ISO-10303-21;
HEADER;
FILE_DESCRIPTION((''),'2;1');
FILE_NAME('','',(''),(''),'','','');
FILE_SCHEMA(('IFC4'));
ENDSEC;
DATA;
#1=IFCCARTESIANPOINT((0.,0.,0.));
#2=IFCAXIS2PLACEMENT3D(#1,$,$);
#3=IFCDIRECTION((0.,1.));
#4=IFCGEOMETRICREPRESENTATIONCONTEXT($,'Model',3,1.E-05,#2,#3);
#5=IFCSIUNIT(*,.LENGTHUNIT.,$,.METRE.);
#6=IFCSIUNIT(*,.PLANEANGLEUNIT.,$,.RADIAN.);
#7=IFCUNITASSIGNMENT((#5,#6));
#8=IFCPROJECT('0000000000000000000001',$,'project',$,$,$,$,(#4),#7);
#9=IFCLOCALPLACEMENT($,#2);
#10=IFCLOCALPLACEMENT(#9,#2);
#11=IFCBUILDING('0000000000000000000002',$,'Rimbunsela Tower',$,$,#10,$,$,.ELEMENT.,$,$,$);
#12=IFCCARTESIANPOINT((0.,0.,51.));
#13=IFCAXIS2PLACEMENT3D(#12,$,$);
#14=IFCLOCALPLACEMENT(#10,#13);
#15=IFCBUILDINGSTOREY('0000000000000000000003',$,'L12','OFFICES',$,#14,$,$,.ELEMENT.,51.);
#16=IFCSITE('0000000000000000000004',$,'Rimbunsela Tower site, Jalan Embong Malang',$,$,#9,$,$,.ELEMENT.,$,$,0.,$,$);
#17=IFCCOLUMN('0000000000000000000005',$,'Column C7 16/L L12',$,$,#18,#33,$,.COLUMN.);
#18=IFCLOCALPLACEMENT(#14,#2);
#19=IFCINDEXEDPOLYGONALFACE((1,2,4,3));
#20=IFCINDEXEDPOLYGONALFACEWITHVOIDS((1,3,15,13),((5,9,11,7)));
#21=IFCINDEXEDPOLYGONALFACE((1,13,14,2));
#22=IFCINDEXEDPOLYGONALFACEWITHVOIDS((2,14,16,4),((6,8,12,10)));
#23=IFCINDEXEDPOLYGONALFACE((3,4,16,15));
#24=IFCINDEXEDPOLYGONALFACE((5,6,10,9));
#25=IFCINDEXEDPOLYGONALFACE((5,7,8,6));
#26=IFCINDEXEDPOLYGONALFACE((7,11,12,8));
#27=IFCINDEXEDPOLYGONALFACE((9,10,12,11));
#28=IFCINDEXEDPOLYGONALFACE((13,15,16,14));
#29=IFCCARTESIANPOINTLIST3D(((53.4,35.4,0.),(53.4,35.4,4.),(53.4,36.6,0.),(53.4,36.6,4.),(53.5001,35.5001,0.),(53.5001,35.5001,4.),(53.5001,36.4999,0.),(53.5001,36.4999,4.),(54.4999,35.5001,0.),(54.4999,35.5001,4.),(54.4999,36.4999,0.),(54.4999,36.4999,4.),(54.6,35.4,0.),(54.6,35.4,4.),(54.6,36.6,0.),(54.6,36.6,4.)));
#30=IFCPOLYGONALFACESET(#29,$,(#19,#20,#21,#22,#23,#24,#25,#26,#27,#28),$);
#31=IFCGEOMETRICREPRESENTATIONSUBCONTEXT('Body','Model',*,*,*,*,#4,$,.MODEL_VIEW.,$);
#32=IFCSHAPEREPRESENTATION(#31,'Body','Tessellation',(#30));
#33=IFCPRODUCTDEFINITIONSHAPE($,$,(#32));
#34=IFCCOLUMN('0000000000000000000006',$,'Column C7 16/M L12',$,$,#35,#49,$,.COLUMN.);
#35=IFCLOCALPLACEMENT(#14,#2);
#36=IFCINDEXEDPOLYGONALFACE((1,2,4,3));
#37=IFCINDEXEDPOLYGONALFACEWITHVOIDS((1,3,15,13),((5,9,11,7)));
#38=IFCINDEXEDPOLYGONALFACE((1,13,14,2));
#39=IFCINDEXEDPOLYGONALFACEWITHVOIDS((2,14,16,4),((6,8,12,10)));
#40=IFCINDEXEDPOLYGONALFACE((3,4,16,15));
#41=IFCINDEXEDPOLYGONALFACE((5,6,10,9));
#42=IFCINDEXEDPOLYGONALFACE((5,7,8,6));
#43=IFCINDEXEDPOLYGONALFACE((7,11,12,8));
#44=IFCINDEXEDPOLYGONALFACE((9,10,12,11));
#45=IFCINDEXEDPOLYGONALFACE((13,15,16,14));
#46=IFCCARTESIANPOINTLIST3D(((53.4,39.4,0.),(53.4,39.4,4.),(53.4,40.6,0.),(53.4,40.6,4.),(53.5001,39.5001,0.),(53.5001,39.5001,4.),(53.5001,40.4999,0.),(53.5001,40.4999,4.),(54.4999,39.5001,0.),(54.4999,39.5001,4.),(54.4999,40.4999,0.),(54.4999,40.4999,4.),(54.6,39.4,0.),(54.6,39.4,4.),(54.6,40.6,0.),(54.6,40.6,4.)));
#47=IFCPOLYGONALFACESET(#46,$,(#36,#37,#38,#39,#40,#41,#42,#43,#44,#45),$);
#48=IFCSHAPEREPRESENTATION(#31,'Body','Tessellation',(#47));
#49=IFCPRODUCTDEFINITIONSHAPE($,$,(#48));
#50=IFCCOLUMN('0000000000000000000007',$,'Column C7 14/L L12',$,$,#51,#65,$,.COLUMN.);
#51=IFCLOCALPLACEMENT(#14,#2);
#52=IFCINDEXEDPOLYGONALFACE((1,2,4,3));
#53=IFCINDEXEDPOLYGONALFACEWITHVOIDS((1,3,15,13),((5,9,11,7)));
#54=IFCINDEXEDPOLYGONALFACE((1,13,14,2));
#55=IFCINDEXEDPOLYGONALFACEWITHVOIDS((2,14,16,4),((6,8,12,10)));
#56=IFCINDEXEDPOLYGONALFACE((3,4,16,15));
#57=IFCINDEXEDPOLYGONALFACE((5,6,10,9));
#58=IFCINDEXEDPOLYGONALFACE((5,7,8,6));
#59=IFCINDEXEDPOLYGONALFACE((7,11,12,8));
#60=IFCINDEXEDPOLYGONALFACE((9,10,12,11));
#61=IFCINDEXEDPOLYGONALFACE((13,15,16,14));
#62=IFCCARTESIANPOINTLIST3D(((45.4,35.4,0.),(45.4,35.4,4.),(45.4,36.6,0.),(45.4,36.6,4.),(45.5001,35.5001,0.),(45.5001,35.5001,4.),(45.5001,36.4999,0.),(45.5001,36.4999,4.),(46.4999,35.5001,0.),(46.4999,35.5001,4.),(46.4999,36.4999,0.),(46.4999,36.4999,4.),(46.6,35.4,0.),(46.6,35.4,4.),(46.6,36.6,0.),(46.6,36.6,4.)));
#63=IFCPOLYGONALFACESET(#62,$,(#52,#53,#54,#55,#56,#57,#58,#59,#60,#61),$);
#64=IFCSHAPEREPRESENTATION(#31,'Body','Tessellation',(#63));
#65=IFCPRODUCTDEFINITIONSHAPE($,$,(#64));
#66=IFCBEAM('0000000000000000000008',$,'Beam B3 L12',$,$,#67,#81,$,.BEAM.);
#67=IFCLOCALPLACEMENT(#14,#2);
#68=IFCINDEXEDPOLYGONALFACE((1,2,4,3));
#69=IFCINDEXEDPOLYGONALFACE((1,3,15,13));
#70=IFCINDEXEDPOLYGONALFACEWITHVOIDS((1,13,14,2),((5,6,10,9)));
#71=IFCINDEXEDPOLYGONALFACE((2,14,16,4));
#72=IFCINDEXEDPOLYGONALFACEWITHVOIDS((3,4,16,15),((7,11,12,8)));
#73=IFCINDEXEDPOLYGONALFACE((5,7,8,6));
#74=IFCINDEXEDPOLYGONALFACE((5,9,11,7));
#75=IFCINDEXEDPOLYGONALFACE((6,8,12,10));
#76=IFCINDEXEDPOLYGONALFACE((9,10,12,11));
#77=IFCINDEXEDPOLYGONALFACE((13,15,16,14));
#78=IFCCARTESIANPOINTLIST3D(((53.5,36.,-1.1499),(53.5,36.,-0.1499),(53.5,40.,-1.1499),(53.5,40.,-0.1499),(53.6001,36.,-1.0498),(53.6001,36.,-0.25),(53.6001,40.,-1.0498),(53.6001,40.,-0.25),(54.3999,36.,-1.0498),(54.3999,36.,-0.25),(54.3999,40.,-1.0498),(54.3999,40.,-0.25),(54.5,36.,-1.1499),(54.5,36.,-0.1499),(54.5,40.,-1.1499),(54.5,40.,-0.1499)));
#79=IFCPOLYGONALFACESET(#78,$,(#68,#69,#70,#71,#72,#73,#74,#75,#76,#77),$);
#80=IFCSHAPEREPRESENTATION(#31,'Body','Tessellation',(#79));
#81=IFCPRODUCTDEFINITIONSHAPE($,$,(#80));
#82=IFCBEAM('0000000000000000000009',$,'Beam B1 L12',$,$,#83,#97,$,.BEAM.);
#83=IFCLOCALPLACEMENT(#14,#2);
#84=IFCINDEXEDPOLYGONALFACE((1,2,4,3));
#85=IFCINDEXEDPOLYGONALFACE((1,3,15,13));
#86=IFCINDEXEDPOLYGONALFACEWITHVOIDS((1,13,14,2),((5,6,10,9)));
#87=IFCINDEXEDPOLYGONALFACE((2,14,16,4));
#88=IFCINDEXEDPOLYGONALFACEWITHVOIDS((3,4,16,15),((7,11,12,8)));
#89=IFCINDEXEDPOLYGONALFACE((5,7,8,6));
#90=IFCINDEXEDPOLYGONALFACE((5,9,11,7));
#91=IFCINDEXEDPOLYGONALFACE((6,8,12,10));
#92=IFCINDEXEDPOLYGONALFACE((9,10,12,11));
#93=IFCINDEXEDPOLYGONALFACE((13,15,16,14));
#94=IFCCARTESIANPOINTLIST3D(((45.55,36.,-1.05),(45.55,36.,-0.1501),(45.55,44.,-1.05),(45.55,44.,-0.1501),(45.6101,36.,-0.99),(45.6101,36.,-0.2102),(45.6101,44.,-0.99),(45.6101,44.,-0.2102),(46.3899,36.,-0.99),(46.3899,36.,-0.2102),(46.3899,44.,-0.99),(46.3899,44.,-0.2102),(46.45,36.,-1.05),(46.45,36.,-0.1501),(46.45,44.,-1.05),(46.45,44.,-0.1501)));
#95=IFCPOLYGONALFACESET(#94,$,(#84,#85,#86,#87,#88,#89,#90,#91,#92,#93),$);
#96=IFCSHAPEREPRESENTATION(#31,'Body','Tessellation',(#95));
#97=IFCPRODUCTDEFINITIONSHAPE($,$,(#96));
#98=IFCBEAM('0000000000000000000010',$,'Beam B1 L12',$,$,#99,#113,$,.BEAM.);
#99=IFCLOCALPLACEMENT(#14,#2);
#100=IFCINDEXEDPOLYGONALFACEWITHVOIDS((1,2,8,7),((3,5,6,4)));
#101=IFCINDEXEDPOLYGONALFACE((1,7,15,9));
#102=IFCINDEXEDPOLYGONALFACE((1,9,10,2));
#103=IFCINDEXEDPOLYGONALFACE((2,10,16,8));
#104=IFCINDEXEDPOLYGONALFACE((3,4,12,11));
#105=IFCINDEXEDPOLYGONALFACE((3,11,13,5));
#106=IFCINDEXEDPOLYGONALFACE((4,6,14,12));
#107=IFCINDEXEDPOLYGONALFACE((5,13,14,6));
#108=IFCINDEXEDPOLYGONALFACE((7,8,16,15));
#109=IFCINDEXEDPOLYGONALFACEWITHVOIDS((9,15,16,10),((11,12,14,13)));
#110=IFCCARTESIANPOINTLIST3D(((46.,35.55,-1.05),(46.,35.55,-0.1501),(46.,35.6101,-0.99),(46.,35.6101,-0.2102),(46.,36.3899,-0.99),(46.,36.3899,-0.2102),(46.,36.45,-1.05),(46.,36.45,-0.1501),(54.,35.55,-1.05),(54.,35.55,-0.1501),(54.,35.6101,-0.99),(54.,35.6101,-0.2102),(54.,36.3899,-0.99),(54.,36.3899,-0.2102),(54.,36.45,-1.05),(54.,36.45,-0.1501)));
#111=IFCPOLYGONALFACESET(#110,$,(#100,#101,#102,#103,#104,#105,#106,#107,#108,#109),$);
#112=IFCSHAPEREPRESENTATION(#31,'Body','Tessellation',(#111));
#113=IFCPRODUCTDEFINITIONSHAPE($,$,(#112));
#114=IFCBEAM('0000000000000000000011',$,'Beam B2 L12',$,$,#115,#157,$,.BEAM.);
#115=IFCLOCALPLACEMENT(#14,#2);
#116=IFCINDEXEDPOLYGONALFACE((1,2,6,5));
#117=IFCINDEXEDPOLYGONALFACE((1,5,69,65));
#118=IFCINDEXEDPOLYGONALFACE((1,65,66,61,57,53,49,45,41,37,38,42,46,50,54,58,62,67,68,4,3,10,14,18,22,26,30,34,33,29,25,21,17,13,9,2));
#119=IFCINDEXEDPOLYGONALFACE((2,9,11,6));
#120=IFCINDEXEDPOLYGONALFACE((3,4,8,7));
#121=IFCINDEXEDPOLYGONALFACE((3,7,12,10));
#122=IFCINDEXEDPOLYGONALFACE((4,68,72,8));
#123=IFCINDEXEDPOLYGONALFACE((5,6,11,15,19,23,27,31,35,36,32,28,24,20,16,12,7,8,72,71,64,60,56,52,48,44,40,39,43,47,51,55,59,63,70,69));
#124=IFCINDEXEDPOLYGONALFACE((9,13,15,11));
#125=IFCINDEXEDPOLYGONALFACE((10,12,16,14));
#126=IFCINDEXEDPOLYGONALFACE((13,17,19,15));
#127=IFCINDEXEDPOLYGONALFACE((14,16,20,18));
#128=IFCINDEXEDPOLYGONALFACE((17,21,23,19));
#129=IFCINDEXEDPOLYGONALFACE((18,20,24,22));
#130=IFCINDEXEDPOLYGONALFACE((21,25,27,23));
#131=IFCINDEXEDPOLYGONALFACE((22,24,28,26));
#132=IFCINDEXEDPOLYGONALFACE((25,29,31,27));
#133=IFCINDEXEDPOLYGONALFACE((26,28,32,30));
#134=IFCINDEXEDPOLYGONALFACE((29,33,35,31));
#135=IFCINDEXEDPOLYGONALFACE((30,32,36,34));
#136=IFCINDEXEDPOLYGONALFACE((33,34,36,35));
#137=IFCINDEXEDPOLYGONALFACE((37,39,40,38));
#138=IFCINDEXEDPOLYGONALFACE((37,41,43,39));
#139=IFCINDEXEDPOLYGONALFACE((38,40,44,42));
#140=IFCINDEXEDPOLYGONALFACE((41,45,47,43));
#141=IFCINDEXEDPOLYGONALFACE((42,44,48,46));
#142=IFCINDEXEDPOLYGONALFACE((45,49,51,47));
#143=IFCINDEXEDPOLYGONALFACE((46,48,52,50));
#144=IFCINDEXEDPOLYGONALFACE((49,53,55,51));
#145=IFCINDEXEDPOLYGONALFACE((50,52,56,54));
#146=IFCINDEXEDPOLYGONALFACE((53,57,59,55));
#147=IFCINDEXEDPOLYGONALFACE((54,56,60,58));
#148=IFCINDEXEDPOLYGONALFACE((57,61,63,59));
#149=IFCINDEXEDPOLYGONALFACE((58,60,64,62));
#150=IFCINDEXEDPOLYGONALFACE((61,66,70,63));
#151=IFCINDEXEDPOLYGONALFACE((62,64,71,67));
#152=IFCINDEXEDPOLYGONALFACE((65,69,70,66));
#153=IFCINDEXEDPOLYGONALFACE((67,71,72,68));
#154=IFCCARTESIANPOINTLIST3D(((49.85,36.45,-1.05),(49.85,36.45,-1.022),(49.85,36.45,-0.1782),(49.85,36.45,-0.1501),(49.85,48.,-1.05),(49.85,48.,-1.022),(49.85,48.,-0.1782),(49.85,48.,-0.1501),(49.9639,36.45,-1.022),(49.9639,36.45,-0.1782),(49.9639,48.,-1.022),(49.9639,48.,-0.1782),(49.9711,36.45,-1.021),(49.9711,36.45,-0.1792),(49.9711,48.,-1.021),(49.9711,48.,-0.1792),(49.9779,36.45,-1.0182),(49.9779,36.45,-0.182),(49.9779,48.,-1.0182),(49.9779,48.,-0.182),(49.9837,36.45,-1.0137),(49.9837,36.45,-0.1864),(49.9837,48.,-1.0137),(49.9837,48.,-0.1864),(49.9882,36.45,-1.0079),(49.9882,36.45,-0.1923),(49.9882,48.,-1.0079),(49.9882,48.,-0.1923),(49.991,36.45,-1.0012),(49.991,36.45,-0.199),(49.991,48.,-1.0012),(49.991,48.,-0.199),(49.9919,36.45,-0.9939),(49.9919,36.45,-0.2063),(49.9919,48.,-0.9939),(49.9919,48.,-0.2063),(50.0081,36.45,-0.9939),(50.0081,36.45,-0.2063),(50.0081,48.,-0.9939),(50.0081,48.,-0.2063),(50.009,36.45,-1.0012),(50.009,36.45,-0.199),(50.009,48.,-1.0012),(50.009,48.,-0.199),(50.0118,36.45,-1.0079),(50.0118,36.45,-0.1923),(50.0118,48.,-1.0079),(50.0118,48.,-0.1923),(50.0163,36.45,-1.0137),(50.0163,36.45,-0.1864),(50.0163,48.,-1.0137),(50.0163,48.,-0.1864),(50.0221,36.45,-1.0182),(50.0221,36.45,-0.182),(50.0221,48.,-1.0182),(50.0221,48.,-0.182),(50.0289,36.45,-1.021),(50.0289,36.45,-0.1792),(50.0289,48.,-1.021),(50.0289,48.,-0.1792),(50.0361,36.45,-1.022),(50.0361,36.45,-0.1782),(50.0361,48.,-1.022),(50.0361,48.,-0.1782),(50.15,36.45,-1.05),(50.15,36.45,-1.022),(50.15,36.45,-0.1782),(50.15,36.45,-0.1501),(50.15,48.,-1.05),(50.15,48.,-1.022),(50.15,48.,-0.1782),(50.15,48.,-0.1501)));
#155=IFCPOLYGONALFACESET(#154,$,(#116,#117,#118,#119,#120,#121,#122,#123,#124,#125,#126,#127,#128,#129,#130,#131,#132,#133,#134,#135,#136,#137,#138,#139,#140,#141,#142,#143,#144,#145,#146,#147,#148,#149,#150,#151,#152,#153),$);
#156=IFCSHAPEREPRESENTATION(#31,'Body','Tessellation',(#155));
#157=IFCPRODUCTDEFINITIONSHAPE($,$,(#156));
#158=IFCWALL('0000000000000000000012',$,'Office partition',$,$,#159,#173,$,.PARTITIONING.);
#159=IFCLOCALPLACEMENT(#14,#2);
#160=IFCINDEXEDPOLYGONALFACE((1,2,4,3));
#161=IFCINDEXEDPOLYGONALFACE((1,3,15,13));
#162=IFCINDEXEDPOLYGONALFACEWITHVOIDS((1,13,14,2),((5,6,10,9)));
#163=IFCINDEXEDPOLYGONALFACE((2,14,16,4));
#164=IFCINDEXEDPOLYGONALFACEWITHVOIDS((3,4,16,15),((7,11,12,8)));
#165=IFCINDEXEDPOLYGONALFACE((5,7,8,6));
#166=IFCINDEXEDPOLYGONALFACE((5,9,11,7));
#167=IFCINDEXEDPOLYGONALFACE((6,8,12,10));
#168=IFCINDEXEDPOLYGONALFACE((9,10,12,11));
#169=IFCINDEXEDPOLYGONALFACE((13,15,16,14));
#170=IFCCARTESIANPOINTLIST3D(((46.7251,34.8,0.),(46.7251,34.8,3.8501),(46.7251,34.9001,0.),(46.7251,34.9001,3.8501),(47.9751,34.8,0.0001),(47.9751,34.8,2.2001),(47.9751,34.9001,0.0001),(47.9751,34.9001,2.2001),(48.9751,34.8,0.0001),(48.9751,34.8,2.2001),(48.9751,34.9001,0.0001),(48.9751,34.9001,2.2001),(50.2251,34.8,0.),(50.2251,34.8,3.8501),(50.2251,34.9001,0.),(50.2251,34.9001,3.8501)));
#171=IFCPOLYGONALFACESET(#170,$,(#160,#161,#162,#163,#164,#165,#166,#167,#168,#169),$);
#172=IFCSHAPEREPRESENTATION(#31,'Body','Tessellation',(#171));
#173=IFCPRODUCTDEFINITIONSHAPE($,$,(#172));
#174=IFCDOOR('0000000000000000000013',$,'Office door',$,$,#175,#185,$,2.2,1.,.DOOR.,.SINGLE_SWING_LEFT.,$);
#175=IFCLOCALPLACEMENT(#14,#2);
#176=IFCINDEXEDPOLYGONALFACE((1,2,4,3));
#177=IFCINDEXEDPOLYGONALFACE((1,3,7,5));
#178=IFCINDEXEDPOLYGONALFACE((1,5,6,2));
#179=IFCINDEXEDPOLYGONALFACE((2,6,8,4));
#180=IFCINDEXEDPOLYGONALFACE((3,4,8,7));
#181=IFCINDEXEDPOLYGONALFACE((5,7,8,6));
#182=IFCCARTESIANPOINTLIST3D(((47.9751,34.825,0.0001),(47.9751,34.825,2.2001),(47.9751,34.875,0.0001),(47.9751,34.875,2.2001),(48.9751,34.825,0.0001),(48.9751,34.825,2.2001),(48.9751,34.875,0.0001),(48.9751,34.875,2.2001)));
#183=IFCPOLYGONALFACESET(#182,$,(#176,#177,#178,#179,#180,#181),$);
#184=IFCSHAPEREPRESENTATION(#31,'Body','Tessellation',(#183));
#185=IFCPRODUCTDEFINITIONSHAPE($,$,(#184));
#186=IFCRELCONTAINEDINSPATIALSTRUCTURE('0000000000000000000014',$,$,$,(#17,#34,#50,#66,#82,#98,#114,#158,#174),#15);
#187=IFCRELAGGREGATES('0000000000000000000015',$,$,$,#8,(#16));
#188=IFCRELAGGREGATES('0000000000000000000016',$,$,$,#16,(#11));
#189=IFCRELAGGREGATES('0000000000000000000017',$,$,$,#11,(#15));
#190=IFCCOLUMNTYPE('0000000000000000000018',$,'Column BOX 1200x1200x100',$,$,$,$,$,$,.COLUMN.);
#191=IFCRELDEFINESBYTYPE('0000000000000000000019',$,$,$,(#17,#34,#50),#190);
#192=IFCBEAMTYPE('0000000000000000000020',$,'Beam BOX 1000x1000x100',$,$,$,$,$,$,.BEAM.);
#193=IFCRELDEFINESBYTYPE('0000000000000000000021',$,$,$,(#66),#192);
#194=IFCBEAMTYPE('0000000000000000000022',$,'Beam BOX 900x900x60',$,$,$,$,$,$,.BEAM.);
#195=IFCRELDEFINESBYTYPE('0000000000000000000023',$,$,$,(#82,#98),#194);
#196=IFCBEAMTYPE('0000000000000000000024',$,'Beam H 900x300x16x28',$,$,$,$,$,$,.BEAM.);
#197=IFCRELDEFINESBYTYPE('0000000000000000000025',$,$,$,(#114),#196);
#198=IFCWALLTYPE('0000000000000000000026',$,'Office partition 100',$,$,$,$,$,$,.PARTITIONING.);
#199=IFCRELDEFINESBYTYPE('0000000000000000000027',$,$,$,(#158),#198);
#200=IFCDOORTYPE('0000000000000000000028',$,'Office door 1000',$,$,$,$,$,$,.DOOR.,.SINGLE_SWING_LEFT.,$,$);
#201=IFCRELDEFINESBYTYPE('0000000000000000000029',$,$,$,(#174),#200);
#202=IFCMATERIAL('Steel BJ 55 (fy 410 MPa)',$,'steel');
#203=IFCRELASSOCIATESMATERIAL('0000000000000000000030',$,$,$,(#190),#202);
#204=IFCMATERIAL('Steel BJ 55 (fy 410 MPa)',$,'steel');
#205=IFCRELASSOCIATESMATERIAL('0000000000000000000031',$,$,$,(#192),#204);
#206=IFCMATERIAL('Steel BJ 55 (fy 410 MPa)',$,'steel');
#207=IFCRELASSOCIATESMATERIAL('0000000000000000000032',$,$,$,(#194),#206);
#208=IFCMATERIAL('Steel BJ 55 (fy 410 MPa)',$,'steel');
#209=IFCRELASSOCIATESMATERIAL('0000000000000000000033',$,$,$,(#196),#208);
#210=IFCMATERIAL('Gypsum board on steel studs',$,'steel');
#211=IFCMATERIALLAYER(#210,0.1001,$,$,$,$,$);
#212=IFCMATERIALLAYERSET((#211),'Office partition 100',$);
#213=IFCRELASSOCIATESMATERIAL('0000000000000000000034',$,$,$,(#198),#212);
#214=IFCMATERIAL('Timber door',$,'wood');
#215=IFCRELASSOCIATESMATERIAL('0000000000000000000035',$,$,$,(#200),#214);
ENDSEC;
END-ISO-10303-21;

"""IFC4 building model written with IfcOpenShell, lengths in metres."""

from ifc_helpers import new_model, si_unit, direction, frame, frame_2d, origin, origin_2d, place, context, subcontext, project, spatial, rectangle, hollow_rectangle, i_section, extrude, material, layer, layer_set, material_profile, profile_set, type_object, element, fill, save


model = new_model("IFC4")

# Units and contexts
model_context = context("Model", 3, precision=1e-05, world=origin(), true_north=direction((0.0, 1.0)))
body_context = subcontext(model_context, "Body", "Model", "MODEL_VIEW")
ifc_project = project(units=[si_unit("LENGTHUNIT", "METRE"), si_unit("PLANEANGLEUNIT", "RADIAN")], contexts=[model_context])

# Site, building, storey
site_placement = place(None, origin())
site = spatial("IfcSite", under=ifc_project, at=site_placement, Name="Rimbunsela Tower site, Jalan Embong Malang", CompositionType="ELEMENT", RefElevation=0.0)
building_placement = place(site_placement, origin())
building = spatial("IfcBuilding", under=site, at=building_placement, Name="Rimbunsela Tower", CompositionType="ELEMENT")
storey_placement = place(building_placement, frame((0.0, 0.0, 51.0)))
storey = spatial("IfcBuildingStorey", under=building, at=storey_placement, Name="L12", Description="OFFICES", CompositionType="ELEMENT", Elevation=51.0)

# Columns
ifc_material_1 = material(Name="Steel BJ 55 (fy 410 MPa)", Category="steel")
ifc_material_profile_1 = material_profile(ifc_material_1, hollow_rectangle(XDim=1.2, YDim=1.2, WallThickness=0.1001, at=origin_2d()), Name="BOX 1200x1200x100")
ifc_profile_set_1 = profile_set([ifc_material_profile_1], Name="Steel BJ 55 (fy 410 MPa)")
column_type = type_object("IfcColumnType", Name="Column BOX 1200x1200x100", PredefinedType="COLUMN", material=ifc_profile_set_1)
for number, where, z_axis, x_axis, name in (
    (1, (54.0, 36.0, 0.0), (0.0, 0.0, 1.0), (1.0, 0.0, 0.0), "Column C7 16/L L12"),
    (2, (54.0, 40.0, 0.0), (0.0, 0.0, 1.0), (1.0, 0.0, 0.0), "Column C7 16/M L12"),
    (3, (46.0, 36.0, 0.0), (0.0, 0.0, 1.0), (1.0, 0.0, 0.0), "Column C7 14/L L12"),
):
    element("IfcColumn", number, at=place(storey_placement, frame(where, z_axis=z_axis, x_axis=x_axis)), inside=storey, type_object=column_type, Name=name, PredefinedType="COLUMN", context=body_context, shape_type="SweptSolid", body=[
        extrude(hollow_rectangle(XDim=1.2, YDim=1.2, WallThickness=0.1001, at=origin_2d()), origin(), (0.0, 0.0, 1.0), 4.0),
    ])

# Beams
ifc_material_2 = material(Name="Steel BJ 55 (fy 410 MPa)", Category="steel")
ifc_material_profile_2 = material_profile(ifc_material_2, hollow_rectangle(XDim=1.0, YDim=1.0, WallThickness=0.1001, at=origin_2d()), Name="BOX 1000x1000x100")
ifc_profile_set_2 = profile_set([ifc_material_profile_2], Name="Steel BJ 55 (fy 410 MPa)")
beam_type_1 = type_object("IfcBeamType", Name="Beam BOX 1000x1000x100", PredefinedType="BEAM", material=ifc_profile_set_2)
beam_1_placement = place(storey_placement, frame((54.0, 36.0, -0.6499), z_axis=(0.0, 1.0, 0.0), x_axis=(-1.0, 0.0, 0.0)))
element("IfcBeam", 4, at=beam_1_placement, inside=storey, type_object=beam_type_1, Name="Beam B3 L12", PredefinedType="BEAM", context=body_context, shape_type="SweptSolid", body=[
    extrude(hollow_rectangle(XDim=1.0, YDim=1.0, WallThickness=0.1001, at=origin_2d()), origin(), (0.0, 0.0, 1.0), 4.0),
])
ifc_material_3 = material(Name="Steel BJ 55 (fy 410 MPa)", Category="steel")
ifc_material_profile_3 = material_profile(ifc_material_3, hollow_rectangle(XDim=0.8999, YDim=0.8999, WallThickness=0.0601, at=origin_2d()), Name="BOX 900x900x60")
ifc_profile_set_3 = profile_set([ifc_material_profile_3], Name="Steel BJ 55 (fy 410 MPa)")
beam_type_2 = type_object("IfcBeamType", Name="Beam BOX 900x900x60", PredefinedType="BEAM", material=ifc_profile_set_3)
for number, where, z_axis, x_axis, name in (
    (5, (46.0, 36.0, -0.6001), (0.0, 1.0, 0.0), (-1.0, 0.0, 0.0), "Beam B1 L12"),
    (6, (46.0, 36.0, -0.6001), (1.0, 0.0, 0.0), (0.0, 1.0, 0.0), "Beam B1 L12"),
):
    element("IfcBeam", number, at=place(storey_placement, frame(where, z_axis=z_axis, x_axis=x_axis)), inside=storey, type_object=beam_type_2, Name=name, PredefinedType="BEAM", context=body_context, shape_type="SweptSolid", body=[
        extrude(hollow_rectangle(XDim=0.8999, YDim=0.8999, WallThickness=0.0601, at=origin_2d()), origin(), (0.0, 0.0, 1.0), 8.0),
    ])
ifc_material_4 = material(Name="Steel BJ 55 (fy 410 MPa)", Category="steel")
ifc_material_profile_4 = material_profile(ifc_material_4, i_section(OverallWidth=0.3, OverallDepth=0.8999, WebThickness=0.0161, FlangeThickness=0.0281, FilletRadius=0.0281, at=origin_2d()), Name="H 900x300x16x28")
ifc_profile_set_4 = profile_set([ifc_material_profile_4], Name="Steel BJ 55 (fy 410 MPa)")
beam_type_3 = type_object("IfcBeamType", Name="Beam H 900x300x16x28", PredefinedType="BEAM", material=ifc_profile_set_4)
beam_2_placement = place(storey_placement, frame((50.0, 36.45, -0.6001), z_axis=(0.0, 1.0, 0.0), x_axis=(-1.0, 0.0, 0.0)))
element("IfcBeam", 7, at=beam_2_placement, inside=storey, type_object=beam_type_3, Name="Beam B2 L12", PredefinedType="BEAM", context=body_context, shape_type="SweptSolid", body=[
    extrude(i_section(OverallWidth=0.3, OverallDepth=0.8999, WebThickness=0.0161, FlangeThickness=0.0281, FilletRadius=0.0281, at=origin_2d()), origin(), (0.0, 0.0, 1.0), 11.55),
])

# Wall, opening, door
ifc_material_5 = material(Name="Gypsum board on steel studs", Category="steel")
ifc_layer_1 = layer(ifc_material_5, 0.1001)
ifc_layer_set_1 = layer_set([ifc_layer_1], Name="Office partition 100")
wall_type_1 = type_object("IfcWallType", Name="Office partition 100", PredefinedType="PARTITIONING", material=ifc_layer_set_1)
wall_1_placement = place(storey_placement, frame((46.7251, 34.8501, 0.0), z_axis=(0.0, 0.0, 1.0), x_axis=(1.0, 0.0, 0.0)))
wall_1 = element("IfcWall", 8, at=wall_1_placement, inside=storey, type_object=wall_type_1, Name="Office partition", PredefinedType="PARTITIONING", context=body_context, shape_type="SweptSolid", body=[
    extrude(rectangle(XDim=3.5, YDim=0.1001, at=frame_2d((1.75, 0.0))), origin(), (0.0, 0.0, 1.0), 3.8501),
])
opening_1_placement = place(wall_1_placement, frame((1.25, 0.0, 0.0)))
opening_1 = element("IfcOpeningElement", 9, at=opening_1_placement, cuts=wall_1, PredefinedType="OPENING", context=body_context, shape_type="SweptSolid", body=[
    extrude(rectangle(XDim=1.0, YDim=2.2, at=frame_2d((0.5, 1.1001))), frame((0.0, 0.0601, 0.0), z_axis=(0.0, -1.0, 0.0), x_axis=(1.0, 0.0, 0.0)), (0.0, 0.0, 1.0), 0.1201),
])
ifc_material_6 = material(Name="Timber door", Category="wood")
door_type_1 = type_object("IfcDoorType", Name="Office door 1000", OperationType="SINGLE_SWING_LEFT", PredefinedType="DOOR", material=ifc_material_6)
door_1_placement = place(opening_1_placement, origin())
door_1 = element("IfcDoor", 10, at=door_1_placement, inside=storey, type_object=door_type_1, Name="Office door", OperationType="SINGLE_SWING_LEFT", OverallHeight=2.2, OverallWidth=1.0, PredefinedType="DOOR", context=body_context, shape_type="SweptSolid", body=[
    extrude(rectangle(XDim=1.0, YDim=2.2, at=frame_2d((0.5, 1.1001))), frame((0.0, 0.0249, 0.0), z_axis=(0.0, -1.0, 0.0), x_axis=(1.0, 0.0, 0.0)), (0.0, 0.0, 1.0), 0.05),
])
fill(opening_1, door_1)

save(model, "model.ifc")
